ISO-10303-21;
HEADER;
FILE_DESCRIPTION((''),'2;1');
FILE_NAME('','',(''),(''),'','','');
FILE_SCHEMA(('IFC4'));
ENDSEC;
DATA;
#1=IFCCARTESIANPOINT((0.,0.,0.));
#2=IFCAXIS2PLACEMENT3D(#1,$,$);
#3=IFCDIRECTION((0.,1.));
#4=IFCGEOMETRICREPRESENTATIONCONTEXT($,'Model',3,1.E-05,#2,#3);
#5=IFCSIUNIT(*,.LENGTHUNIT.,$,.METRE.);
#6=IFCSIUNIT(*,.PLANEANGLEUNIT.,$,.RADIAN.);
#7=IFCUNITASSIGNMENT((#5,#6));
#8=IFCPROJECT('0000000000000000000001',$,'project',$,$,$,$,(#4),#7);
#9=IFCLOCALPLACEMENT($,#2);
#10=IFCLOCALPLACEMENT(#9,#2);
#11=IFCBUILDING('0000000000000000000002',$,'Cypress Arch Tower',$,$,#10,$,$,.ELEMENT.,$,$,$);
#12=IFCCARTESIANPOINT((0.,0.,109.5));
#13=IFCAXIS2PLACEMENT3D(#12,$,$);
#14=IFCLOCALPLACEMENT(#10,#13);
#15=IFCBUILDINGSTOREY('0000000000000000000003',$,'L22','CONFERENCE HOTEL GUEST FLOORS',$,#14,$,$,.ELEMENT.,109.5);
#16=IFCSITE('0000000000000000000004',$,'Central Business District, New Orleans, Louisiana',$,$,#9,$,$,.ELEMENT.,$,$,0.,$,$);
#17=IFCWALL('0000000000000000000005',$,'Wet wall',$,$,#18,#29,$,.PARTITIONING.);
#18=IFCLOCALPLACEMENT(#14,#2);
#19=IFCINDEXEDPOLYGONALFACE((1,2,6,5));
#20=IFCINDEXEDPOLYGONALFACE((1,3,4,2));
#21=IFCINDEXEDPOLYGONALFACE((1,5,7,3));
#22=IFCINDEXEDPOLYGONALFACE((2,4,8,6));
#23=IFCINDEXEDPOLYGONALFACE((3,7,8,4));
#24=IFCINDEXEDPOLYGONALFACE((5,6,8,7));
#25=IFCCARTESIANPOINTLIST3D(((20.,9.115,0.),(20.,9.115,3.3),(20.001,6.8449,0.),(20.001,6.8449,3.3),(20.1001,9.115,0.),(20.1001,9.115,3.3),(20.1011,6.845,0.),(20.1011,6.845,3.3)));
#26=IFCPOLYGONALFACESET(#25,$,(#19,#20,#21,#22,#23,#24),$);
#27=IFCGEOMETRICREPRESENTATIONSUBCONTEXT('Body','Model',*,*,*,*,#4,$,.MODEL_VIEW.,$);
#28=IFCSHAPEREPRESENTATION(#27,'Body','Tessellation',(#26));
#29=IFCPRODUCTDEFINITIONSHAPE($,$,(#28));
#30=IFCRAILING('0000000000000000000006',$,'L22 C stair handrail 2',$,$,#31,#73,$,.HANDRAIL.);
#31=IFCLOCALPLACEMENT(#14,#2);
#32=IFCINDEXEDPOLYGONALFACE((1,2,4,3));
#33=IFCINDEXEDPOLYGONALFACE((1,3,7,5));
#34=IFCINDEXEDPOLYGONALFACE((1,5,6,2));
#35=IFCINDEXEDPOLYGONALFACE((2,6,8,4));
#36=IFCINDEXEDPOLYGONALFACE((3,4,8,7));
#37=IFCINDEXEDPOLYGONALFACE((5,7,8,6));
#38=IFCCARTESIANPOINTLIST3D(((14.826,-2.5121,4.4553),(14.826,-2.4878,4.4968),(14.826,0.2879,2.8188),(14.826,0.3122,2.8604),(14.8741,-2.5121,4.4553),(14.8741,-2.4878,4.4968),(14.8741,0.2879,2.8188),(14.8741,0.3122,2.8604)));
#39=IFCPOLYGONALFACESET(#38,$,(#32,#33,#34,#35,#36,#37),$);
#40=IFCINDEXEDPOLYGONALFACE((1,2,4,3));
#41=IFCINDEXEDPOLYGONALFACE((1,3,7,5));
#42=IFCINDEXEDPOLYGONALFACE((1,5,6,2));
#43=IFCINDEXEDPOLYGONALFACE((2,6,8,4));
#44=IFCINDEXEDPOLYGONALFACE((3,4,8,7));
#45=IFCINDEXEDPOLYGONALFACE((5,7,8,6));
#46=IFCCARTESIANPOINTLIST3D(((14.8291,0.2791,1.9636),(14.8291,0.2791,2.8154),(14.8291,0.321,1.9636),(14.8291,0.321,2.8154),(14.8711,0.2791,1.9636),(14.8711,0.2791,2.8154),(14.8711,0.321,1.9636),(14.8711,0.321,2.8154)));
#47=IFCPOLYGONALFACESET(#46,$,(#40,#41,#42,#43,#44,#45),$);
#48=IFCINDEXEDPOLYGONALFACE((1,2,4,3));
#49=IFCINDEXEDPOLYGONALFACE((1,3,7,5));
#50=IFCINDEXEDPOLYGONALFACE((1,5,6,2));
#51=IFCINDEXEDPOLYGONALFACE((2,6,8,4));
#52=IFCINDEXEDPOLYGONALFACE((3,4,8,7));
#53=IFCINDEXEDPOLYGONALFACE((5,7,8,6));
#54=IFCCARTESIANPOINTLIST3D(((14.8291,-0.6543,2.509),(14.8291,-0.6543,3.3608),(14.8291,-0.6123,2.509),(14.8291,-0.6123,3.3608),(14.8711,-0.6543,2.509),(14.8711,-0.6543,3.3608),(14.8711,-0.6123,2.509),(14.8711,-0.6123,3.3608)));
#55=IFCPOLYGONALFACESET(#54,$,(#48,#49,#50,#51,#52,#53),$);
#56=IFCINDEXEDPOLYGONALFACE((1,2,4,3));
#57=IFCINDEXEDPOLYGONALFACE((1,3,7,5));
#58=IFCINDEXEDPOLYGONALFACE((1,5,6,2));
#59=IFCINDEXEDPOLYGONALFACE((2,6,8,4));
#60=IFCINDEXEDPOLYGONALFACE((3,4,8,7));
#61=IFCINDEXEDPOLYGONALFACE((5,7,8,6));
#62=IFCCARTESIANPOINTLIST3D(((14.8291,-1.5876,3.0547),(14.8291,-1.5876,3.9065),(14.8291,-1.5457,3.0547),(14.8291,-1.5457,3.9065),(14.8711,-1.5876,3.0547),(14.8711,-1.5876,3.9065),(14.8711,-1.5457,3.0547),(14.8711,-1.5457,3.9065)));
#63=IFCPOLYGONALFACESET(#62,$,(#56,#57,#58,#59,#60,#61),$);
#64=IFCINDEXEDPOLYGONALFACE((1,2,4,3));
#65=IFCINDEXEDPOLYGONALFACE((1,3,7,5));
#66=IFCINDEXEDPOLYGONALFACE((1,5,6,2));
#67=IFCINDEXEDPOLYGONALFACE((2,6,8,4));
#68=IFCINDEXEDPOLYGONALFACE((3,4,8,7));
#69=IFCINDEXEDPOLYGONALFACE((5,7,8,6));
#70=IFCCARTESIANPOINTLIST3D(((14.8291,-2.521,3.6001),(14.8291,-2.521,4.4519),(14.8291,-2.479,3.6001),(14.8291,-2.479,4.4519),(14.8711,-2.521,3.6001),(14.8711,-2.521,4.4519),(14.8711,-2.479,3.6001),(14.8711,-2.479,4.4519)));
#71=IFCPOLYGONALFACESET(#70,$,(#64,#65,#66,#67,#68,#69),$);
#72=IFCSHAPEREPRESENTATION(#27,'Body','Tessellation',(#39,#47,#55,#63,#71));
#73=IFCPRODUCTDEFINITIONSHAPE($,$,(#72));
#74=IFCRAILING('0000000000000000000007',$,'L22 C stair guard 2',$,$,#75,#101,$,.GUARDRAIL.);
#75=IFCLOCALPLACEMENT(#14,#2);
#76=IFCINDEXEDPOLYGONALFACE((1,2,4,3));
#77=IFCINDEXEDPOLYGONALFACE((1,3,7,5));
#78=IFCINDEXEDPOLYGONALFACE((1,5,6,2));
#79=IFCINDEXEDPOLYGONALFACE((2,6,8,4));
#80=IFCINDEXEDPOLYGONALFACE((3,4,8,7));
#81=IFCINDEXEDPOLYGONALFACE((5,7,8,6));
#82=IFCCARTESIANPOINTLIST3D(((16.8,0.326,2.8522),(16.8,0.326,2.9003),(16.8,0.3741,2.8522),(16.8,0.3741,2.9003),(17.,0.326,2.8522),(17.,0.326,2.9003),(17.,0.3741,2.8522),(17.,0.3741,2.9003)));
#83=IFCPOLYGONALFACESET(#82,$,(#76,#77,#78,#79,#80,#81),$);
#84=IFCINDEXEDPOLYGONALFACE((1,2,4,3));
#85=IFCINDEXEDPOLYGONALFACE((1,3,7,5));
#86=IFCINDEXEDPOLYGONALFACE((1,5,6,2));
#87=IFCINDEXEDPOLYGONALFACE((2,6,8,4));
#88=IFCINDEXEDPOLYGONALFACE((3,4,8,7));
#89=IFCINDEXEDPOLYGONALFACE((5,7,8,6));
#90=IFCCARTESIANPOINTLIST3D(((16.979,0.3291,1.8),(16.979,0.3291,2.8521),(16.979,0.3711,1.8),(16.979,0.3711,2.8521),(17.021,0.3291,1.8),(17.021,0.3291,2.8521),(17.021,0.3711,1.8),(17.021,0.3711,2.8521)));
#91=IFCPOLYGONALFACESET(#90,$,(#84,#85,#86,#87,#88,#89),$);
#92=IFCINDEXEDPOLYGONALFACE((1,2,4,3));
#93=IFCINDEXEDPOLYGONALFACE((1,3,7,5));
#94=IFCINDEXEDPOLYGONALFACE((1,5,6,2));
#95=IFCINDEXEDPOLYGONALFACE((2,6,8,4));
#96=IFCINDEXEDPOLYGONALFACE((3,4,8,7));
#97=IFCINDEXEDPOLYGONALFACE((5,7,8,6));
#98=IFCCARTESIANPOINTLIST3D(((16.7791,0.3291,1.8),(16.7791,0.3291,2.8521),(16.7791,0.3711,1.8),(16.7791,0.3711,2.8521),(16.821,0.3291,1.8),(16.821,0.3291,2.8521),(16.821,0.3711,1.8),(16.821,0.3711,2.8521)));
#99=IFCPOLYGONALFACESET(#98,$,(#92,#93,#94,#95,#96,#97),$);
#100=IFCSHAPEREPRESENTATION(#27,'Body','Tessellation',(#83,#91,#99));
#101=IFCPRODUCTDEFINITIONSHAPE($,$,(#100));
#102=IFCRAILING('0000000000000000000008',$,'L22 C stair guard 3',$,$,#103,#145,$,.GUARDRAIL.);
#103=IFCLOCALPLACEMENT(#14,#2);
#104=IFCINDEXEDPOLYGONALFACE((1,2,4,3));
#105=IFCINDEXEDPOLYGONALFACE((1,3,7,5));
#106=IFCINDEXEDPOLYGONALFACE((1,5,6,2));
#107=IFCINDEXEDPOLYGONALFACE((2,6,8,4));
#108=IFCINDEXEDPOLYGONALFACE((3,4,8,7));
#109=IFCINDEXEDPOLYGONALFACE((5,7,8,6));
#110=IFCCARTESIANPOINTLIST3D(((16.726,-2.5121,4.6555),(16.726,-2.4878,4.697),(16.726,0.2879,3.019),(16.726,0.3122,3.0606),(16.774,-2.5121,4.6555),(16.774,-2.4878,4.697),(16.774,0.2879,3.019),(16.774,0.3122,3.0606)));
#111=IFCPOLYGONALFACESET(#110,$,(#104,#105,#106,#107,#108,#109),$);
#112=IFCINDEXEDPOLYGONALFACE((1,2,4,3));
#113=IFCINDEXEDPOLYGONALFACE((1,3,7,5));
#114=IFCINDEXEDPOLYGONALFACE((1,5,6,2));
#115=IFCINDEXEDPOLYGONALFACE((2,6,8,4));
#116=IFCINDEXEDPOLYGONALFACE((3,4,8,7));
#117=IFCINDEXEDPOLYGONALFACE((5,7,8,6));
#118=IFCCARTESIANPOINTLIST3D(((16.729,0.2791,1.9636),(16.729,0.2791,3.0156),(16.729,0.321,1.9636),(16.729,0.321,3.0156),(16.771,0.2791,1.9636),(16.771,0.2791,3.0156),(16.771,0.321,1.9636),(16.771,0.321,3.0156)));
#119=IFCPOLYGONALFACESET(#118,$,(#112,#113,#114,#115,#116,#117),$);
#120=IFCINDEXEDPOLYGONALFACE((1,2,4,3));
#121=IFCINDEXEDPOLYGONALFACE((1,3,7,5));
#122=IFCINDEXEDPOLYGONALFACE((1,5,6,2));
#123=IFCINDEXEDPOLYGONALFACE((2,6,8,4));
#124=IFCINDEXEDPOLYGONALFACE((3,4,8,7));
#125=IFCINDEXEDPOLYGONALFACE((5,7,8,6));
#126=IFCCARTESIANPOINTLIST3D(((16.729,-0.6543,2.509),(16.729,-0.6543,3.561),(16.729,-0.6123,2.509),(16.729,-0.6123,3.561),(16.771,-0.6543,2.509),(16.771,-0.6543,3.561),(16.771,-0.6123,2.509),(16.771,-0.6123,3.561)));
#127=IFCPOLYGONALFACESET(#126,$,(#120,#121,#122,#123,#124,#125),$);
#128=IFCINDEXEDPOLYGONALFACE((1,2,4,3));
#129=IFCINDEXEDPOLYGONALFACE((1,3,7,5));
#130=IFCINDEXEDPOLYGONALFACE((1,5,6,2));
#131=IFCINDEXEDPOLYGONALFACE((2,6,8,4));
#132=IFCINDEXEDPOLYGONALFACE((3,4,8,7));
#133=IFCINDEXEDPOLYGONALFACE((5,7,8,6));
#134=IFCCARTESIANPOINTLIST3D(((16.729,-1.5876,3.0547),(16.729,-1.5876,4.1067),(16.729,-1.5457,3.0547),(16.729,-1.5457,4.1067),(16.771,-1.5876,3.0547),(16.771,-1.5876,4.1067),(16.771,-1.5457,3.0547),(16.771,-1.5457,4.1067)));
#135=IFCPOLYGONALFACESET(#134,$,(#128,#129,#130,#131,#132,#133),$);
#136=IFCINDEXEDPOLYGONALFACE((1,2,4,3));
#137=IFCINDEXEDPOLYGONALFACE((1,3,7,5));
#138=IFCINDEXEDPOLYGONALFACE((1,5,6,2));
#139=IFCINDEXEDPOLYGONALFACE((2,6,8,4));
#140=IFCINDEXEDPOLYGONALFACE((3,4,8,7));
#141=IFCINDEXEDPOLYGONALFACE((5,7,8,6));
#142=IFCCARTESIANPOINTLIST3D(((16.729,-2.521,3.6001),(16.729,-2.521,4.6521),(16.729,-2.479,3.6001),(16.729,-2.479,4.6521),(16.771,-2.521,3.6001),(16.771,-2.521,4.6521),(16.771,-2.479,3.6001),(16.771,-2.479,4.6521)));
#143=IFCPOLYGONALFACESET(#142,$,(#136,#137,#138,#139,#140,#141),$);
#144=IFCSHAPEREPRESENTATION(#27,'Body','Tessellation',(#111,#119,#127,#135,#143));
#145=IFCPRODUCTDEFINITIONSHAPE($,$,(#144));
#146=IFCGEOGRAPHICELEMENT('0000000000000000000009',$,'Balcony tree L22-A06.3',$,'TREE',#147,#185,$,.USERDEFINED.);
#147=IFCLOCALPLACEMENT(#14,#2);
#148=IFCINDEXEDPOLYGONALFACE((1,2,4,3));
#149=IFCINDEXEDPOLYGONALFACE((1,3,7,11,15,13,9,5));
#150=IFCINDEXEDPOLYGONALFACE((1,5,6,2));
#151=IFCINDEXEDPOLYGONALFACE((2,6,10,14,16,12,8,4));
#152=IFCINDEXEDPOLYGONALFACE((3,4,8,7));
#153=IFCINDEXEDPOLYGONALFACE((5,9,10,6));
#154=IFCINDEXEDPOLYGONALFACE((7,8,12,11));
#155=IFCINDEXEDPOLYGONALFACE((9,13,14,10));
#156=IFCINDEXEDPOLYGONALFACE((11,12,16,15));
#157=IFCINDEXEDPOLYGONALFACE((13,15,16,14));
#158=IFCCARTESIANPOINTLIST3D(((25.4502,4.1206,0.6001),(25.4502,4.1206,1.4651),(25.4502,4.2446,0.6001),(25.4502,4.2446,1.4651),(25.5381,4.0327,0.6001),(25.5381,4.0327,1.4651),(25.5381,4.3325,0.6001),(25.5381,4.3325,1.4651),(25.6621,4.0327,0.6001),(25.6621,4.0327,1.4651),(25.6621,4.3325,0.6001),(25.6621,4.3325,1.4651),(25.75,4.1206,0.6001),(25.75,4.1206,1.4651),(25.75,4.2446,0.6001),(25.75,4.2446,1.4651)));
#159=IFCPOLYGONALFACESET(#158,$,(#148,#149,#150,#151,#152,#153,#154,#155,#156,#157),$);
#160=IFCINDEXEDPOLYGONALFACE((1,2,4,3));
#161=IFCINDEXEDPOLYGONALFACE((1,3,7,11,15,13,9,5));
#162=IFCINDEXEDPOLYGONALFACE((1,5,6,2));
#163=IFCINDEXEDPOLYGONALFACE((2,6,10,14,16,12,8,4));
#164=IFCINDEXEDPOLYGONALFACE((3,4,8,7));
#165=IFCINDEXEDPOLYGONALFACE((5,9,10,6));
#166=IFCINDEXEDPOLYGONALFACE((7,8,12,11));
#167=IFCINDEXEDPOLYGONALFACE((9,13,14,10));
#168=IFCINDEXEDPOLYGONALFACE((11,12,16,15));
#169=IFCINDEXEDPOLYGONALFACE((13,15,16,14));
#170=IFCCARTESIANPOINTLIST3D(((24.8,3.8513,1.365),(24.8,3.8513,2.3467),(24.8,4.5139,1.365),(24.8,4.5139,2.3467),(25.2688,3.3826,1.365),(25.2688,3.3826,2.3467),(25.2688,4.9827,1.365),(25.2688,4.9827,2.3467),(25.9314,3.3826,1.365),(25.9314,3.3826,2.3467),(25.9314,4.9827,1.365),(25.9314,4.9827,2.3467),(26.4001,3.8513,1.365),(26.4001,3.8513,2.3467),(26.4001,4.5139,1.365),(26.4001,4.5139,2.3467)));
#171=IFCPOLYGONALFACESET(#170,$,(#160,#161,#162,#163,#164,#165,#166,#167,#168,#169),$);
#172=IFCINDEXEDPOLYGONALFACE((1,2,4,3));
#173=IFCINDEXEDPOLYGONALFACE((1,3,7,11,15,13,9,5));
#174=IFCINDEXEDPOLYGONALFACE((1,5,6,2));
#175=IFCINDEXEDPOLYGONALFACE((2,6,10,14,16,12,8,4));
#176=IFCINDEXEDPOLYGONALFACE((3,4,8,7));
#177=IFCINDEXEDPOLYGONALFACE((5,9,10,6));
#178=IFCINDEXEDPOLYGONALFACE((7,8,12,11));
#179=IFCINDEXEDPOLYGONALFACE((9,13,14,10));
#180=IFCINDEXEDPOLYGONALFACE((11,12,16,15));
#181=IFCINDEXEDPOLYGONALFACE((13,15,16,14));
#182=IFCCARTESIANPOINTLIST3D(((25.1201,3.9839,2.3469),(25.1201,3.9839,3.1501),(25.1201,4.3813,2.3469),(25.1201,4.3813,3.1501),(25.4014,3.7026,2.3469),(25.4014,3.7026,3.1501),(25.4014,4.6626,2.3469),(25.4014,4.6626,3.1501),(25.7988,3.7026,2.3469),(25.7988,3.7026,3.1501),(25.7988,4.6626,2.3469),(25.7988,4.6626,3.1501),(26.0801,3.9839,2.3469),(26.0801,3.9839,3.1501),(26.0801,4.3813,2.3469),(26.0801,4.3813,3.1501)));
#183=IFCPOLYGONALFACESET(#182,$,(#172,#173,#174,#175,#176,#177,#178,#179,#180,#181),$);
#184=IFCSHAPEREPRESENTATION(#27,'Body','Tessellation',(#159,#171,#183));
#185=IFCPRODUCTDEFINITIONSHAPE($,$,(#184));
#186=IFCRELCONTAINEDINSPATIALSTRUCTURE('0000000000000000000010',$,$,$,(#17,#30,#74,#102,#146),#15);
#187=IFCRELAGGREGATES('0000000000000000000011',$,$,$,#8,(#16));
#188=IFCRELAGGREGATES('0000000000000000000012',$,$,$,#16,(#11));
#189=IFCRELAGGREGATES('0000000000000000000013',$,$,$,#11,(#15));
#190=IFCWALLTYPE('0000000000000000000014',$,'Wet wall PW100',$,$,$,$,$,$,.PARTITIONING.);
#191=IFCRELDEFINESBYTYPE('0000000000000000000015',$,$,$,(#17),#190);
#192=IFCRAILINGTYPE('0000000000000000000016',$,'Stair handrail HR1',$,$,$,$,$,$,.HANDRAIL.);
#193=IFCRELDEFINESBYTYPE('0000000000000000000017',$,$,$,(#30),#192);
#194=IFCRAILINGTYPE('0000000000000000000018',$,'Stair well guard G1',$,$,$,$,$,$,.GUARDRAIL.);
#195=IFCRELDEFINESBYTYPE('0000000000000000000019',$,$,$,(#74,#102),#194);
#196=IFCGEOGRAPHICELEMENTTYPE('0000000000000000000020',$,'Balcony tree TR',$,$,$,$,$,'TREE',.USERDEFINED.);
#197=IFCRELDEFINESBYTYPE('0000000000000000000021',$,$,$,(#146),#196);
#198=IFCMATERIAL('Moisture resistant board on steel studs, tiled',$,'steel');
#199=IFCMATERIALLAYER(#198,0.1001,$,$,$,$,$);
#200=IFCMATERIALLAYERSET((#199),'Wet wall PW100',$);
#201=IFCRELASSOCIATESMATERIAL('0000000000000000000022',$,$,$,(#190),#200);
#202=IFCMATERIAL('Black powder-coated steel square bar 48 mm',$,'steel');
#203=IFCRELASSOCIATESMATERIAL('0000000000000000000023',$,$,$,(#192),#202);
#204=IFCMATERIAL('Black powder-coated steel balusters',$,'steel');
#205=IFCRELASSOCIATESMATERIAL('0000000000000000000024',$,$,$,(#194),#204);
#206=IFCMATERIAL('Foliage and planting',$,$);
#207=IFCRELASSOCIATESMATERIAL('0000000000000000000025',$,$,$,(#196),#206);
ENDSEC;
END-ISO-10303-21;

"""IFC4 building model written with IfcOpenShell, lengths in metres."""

from ifc_helpers import new_model, si_unit, direction, frame, frame_2d, origin, origin_2d, place, context, subcontext, project, spatial, polyline, rectangle, outline, extrude, material, layer, layer_set, type_object, element, save


model = new_model("IFC4")

# Units and contexts
model_context = context("Model", 3, precision=1e-05, world=origin(), true_north=direction((0.0, 1.0)))
body_context = subcontext(model_context, "Body", "Model", "MODEL_VIEW")
ifc_project = project(units=[si_unit("LENGTHUNIT", "METRE"), si_unit("PLANEANGLEUNIT", "RADIAN")], contexts=[model_context])

# Site, building, storey
site_placement = place(None, origin())
site = spatial("IfcSite", under=ifc_project, at=site_placement, Name="Central Business District, New Orleans, Louisiana", CompositionType="ELEMENT", RefElevation=0.0)
building_placement = place(site_placement, origin())
building = spatial("IfcBuilding", under=site, at=building_placement, Name="Cypress Arch Tower", CompositionType="ELEMENT")
storey_placement = place(building_placement, frame((0.0, 0.0, 109.5)))
storey = spatial("IfcBuildingStorey", under=building, at=storey_placement, Name="L22", Description="CONFERENCE HOTEL GUEST FLOORS", CompositionType="ELEMENT", Elevation=109.5)

# Shared definitions
ifc_material_1 = material(Name="Moisture resistant board on steel studs, tiled", Category="steel")
ifc_layer_1 = layer(ifc_material_1, 0.1001)
ifc_layer_set_1 = layer_set([ifc_layer_1], Name="Wet wall PW100")
wall_type_1 = type_object("IfcWallType", Name="Wet wall PW100", PredefinedType="PARTITIONING", material=ifc_layer_set_1)

# Wall
wall_1_placement = place(storey_placement, frame((20.05, 9.115, 0.0), z_axis=(0.0, 0.0, 1.0), x_axis=(0.00043, -1.0, 0.0)))
element("IfcWall", 1, at=wall_1_placement, inside=storey, type_object=wall_type_1, Name="Wet wall", PredefinedType="PARTITIONING", context=body_context, shape_type="SweptSolid", body=[
    extrude(rectangle(XDim=2.27, YDim=0.1001, at=frame_2d((1.135, 0.0))), origin(), (0.0, 0.0, 1.0), 3.3),
])

# Railings
ifc_material_2 = material(Name="Black powder-coated steel square bar 48 mm", Category="steel")
railing_type_1 = type_object("IfcRailingType", Name="Stair handrail HR1", PredefinedType="HANDRAIL", material=ifc_material_2)
railing_1_placement = place(storey_placement, frame((14.8501, 0.3, 1.9636)))
element("IfcRailing", 2, at=railing_1_placement, inside=storey, type_object=railing_type_1, Name="L22 C stair handrail 2", PredefinedType="HANDRAIL", context=body_context, shape_type="SweptSolid", body=[
    extrude(rectangle(XDim=0.0481, YDim=0.0481, at=origin_2d()), frame((0.0, 0.0, 0.876), z_axis=(0.0, -0.863361, 0.504587), x_axis=(1.0, 0.0, 0.0)), (0.0, 0.0, 1.0), 3.2432),
    extrude(rectangle(XDim=0.042, YDim=0.042, at=origin_2d()), origin(), (0.0, 0.0, 1.0), 0.8518),
    extrude(rectangle(XDim=0.042, YDim=0.042, at=origin_2d()), frame((0.0, -0.9333, 0.5454)), (0.0, 0.0, 1.0), 0.8518),
    extrude(rectangle(XDim=0.042, YDim=0.042, at=origin_2d()), frame((0.0, -1.8667, 1.0911)), (0.0, 0.0, 1.0), 0.8518),
    extrude(rectangle(XDim=0.042, YDim=0.042, at=origin_2d()), frame((0.0, -2.8, 1.6365)), (0.0, 0.0, 1.0), 0.8518),
])
ifc_material_3 = material(Name="Black powder-coated steel balusters", Category="steel")
railing_type_2 = type_object("IfcRailingType", Name="Stair well guard G1", PredefinedType="GUARDRAIL", material=ifc_material_3)
railing_2_placement = place(storey_placement, frame((17.0, 0.3501, 1.8)))
element("IfcRailing", 3, at=railing_2_placement, inside=storey, type_object=railing_type_2, Name="L22 C stair guard 2", PredefinedType="GUARDRAIL", context=body_context, shape_type="SweptSolid", body=[
    extrude(rectangle(XDim=0.0481, YDim=0.0481, at=origin_2d()), frame((0.0, 0.0, 1.0762), z_axis=(-1.0, 0.0, 0.0), x_axis=(0.0, -1.0, 0.0)), (0.0, 0.0, 1.0), 0.2),
    extrude(rectangle(XDim=0.042, YDim=0.042, at=origin_2d()), origin(), (0.0, 0.0, 1.0), 1.052),
    extrude(rectangle(XDim=0.042, YDim=0.042, at=origin_2d()), frame((-0.2, 0.0, 0.0)), (0.0, 0.0, 1.0), 1.052),
])
railing_3_placement = place(storey_placement, frame((16.75, 0.3, 1.9636)))
element("IfcRailing", 4, at=railing_3_placement, inside=storey, type_object=railing_type_2, Name="L22 C stair guard 3", PredefinedType="GUARDRAIL", context=body_context, shape_type="SweptSolid", body=[
    extrude(rectangle(XDim=0.0481, YDim=0.0481, at=origin_2d()), frame((0.0, 0.0, 1.0762), z_axis=(0.0, -0.863361, 0.504587), x_axis=(1.0, 0.0, 0.0)), (0.0, 0.0, 1.0), 3.2432),
    extrude(rectangle(XDim=0.042, YDim=0.042, at=origin_2d()), origin(), (0.0, 0.0, 1.0), 1.052),
    extrude(rectangle(XDim=0.042, YDim=0.042, at=origin_2d()), frame((0.0, -0.9333, 0.5454)), (0.0, 0.0, 1.0), 1.052),
    extrude(rectangle(XDim=0.042, YDim=0.042, at=origin_2d()), frame((0.0, -1.8667, 1.0911)), (0.0, 0.0, 1.0), 1.052),
    extrude(rectangle(XDim=0.042, YDim=0.042, at=origin_2d()), frame((0.0, -2.8, 1.6365)), (0.0, 0.0, 1.0), 1.052),
])

# Geographic element
ifc_material_4 = material(Name="Foliage and planting")
geographic_element_type = type_object("IfcGeographicElementType", Name="Balcony tree TR", ElementType="TREE", PredefinedType="USERDEFINED", material=ifc_material_4)
for number, where, z_axis, x_axis, name in (
    (5, (25.6001, 4.1826, 0.6001), (0.0, 0.0, 1.0), (1.0, 0.0, 0.0), "Balcony tree L22-A06.3"),
):
    element("IfcGeographicElement", number, at=place(storey_placement, frame(where, z_axis=z_axis, x_axis=x_axis)), inside=storey, type_object=geographic_element_type, Name=name, ObjectType="TREE", PredefinedType="USERDEFINED", context=body_context, shape_type="SweptSolid", body=[
        extrude(outline(polyline([(0.1499, 0.062), (0.062, 0.1499), (-0.062, 0.1499), (-0.1499, 0.062), (-0.1499, -0.062), (-0.062, -0.1499), (0.062, -0.1499), (0.1499, -0.062), (0.1499, 0.062)])), origin(), (0.0, 0.0, 1.0), 0.865),
        extrude(outline(polyline([(0.8, 0.3313), (0.3313, 0.8), (-0.3313, 0.8), (-0.8, 0.3313), (-0.8, -0.3313), (-0.3313, -0.8), (0.3313, -0.8), (0.8, -0.3313), (0.8, 0.3313)])), frame((0.0, 0.0, 0.7649)), (0.0, 0.0, 1.0), 0.9817),
        extrude(outline(polyline([(0.48, 0.1987), (0.1987, 0.48), (-0.1987, 0.48), (-0.48, 0.1987), (-0.48, -0.1987), (-0.1987, -0.48), (0.1987, -0.48), (0.48, -0.1987), (0.48, 0.1987)])), frame((0.0, 0.0, 1.7468)), (0.0, 0.0, 1.0), 0.8032),
    ])

save(model, "model.ifc")
